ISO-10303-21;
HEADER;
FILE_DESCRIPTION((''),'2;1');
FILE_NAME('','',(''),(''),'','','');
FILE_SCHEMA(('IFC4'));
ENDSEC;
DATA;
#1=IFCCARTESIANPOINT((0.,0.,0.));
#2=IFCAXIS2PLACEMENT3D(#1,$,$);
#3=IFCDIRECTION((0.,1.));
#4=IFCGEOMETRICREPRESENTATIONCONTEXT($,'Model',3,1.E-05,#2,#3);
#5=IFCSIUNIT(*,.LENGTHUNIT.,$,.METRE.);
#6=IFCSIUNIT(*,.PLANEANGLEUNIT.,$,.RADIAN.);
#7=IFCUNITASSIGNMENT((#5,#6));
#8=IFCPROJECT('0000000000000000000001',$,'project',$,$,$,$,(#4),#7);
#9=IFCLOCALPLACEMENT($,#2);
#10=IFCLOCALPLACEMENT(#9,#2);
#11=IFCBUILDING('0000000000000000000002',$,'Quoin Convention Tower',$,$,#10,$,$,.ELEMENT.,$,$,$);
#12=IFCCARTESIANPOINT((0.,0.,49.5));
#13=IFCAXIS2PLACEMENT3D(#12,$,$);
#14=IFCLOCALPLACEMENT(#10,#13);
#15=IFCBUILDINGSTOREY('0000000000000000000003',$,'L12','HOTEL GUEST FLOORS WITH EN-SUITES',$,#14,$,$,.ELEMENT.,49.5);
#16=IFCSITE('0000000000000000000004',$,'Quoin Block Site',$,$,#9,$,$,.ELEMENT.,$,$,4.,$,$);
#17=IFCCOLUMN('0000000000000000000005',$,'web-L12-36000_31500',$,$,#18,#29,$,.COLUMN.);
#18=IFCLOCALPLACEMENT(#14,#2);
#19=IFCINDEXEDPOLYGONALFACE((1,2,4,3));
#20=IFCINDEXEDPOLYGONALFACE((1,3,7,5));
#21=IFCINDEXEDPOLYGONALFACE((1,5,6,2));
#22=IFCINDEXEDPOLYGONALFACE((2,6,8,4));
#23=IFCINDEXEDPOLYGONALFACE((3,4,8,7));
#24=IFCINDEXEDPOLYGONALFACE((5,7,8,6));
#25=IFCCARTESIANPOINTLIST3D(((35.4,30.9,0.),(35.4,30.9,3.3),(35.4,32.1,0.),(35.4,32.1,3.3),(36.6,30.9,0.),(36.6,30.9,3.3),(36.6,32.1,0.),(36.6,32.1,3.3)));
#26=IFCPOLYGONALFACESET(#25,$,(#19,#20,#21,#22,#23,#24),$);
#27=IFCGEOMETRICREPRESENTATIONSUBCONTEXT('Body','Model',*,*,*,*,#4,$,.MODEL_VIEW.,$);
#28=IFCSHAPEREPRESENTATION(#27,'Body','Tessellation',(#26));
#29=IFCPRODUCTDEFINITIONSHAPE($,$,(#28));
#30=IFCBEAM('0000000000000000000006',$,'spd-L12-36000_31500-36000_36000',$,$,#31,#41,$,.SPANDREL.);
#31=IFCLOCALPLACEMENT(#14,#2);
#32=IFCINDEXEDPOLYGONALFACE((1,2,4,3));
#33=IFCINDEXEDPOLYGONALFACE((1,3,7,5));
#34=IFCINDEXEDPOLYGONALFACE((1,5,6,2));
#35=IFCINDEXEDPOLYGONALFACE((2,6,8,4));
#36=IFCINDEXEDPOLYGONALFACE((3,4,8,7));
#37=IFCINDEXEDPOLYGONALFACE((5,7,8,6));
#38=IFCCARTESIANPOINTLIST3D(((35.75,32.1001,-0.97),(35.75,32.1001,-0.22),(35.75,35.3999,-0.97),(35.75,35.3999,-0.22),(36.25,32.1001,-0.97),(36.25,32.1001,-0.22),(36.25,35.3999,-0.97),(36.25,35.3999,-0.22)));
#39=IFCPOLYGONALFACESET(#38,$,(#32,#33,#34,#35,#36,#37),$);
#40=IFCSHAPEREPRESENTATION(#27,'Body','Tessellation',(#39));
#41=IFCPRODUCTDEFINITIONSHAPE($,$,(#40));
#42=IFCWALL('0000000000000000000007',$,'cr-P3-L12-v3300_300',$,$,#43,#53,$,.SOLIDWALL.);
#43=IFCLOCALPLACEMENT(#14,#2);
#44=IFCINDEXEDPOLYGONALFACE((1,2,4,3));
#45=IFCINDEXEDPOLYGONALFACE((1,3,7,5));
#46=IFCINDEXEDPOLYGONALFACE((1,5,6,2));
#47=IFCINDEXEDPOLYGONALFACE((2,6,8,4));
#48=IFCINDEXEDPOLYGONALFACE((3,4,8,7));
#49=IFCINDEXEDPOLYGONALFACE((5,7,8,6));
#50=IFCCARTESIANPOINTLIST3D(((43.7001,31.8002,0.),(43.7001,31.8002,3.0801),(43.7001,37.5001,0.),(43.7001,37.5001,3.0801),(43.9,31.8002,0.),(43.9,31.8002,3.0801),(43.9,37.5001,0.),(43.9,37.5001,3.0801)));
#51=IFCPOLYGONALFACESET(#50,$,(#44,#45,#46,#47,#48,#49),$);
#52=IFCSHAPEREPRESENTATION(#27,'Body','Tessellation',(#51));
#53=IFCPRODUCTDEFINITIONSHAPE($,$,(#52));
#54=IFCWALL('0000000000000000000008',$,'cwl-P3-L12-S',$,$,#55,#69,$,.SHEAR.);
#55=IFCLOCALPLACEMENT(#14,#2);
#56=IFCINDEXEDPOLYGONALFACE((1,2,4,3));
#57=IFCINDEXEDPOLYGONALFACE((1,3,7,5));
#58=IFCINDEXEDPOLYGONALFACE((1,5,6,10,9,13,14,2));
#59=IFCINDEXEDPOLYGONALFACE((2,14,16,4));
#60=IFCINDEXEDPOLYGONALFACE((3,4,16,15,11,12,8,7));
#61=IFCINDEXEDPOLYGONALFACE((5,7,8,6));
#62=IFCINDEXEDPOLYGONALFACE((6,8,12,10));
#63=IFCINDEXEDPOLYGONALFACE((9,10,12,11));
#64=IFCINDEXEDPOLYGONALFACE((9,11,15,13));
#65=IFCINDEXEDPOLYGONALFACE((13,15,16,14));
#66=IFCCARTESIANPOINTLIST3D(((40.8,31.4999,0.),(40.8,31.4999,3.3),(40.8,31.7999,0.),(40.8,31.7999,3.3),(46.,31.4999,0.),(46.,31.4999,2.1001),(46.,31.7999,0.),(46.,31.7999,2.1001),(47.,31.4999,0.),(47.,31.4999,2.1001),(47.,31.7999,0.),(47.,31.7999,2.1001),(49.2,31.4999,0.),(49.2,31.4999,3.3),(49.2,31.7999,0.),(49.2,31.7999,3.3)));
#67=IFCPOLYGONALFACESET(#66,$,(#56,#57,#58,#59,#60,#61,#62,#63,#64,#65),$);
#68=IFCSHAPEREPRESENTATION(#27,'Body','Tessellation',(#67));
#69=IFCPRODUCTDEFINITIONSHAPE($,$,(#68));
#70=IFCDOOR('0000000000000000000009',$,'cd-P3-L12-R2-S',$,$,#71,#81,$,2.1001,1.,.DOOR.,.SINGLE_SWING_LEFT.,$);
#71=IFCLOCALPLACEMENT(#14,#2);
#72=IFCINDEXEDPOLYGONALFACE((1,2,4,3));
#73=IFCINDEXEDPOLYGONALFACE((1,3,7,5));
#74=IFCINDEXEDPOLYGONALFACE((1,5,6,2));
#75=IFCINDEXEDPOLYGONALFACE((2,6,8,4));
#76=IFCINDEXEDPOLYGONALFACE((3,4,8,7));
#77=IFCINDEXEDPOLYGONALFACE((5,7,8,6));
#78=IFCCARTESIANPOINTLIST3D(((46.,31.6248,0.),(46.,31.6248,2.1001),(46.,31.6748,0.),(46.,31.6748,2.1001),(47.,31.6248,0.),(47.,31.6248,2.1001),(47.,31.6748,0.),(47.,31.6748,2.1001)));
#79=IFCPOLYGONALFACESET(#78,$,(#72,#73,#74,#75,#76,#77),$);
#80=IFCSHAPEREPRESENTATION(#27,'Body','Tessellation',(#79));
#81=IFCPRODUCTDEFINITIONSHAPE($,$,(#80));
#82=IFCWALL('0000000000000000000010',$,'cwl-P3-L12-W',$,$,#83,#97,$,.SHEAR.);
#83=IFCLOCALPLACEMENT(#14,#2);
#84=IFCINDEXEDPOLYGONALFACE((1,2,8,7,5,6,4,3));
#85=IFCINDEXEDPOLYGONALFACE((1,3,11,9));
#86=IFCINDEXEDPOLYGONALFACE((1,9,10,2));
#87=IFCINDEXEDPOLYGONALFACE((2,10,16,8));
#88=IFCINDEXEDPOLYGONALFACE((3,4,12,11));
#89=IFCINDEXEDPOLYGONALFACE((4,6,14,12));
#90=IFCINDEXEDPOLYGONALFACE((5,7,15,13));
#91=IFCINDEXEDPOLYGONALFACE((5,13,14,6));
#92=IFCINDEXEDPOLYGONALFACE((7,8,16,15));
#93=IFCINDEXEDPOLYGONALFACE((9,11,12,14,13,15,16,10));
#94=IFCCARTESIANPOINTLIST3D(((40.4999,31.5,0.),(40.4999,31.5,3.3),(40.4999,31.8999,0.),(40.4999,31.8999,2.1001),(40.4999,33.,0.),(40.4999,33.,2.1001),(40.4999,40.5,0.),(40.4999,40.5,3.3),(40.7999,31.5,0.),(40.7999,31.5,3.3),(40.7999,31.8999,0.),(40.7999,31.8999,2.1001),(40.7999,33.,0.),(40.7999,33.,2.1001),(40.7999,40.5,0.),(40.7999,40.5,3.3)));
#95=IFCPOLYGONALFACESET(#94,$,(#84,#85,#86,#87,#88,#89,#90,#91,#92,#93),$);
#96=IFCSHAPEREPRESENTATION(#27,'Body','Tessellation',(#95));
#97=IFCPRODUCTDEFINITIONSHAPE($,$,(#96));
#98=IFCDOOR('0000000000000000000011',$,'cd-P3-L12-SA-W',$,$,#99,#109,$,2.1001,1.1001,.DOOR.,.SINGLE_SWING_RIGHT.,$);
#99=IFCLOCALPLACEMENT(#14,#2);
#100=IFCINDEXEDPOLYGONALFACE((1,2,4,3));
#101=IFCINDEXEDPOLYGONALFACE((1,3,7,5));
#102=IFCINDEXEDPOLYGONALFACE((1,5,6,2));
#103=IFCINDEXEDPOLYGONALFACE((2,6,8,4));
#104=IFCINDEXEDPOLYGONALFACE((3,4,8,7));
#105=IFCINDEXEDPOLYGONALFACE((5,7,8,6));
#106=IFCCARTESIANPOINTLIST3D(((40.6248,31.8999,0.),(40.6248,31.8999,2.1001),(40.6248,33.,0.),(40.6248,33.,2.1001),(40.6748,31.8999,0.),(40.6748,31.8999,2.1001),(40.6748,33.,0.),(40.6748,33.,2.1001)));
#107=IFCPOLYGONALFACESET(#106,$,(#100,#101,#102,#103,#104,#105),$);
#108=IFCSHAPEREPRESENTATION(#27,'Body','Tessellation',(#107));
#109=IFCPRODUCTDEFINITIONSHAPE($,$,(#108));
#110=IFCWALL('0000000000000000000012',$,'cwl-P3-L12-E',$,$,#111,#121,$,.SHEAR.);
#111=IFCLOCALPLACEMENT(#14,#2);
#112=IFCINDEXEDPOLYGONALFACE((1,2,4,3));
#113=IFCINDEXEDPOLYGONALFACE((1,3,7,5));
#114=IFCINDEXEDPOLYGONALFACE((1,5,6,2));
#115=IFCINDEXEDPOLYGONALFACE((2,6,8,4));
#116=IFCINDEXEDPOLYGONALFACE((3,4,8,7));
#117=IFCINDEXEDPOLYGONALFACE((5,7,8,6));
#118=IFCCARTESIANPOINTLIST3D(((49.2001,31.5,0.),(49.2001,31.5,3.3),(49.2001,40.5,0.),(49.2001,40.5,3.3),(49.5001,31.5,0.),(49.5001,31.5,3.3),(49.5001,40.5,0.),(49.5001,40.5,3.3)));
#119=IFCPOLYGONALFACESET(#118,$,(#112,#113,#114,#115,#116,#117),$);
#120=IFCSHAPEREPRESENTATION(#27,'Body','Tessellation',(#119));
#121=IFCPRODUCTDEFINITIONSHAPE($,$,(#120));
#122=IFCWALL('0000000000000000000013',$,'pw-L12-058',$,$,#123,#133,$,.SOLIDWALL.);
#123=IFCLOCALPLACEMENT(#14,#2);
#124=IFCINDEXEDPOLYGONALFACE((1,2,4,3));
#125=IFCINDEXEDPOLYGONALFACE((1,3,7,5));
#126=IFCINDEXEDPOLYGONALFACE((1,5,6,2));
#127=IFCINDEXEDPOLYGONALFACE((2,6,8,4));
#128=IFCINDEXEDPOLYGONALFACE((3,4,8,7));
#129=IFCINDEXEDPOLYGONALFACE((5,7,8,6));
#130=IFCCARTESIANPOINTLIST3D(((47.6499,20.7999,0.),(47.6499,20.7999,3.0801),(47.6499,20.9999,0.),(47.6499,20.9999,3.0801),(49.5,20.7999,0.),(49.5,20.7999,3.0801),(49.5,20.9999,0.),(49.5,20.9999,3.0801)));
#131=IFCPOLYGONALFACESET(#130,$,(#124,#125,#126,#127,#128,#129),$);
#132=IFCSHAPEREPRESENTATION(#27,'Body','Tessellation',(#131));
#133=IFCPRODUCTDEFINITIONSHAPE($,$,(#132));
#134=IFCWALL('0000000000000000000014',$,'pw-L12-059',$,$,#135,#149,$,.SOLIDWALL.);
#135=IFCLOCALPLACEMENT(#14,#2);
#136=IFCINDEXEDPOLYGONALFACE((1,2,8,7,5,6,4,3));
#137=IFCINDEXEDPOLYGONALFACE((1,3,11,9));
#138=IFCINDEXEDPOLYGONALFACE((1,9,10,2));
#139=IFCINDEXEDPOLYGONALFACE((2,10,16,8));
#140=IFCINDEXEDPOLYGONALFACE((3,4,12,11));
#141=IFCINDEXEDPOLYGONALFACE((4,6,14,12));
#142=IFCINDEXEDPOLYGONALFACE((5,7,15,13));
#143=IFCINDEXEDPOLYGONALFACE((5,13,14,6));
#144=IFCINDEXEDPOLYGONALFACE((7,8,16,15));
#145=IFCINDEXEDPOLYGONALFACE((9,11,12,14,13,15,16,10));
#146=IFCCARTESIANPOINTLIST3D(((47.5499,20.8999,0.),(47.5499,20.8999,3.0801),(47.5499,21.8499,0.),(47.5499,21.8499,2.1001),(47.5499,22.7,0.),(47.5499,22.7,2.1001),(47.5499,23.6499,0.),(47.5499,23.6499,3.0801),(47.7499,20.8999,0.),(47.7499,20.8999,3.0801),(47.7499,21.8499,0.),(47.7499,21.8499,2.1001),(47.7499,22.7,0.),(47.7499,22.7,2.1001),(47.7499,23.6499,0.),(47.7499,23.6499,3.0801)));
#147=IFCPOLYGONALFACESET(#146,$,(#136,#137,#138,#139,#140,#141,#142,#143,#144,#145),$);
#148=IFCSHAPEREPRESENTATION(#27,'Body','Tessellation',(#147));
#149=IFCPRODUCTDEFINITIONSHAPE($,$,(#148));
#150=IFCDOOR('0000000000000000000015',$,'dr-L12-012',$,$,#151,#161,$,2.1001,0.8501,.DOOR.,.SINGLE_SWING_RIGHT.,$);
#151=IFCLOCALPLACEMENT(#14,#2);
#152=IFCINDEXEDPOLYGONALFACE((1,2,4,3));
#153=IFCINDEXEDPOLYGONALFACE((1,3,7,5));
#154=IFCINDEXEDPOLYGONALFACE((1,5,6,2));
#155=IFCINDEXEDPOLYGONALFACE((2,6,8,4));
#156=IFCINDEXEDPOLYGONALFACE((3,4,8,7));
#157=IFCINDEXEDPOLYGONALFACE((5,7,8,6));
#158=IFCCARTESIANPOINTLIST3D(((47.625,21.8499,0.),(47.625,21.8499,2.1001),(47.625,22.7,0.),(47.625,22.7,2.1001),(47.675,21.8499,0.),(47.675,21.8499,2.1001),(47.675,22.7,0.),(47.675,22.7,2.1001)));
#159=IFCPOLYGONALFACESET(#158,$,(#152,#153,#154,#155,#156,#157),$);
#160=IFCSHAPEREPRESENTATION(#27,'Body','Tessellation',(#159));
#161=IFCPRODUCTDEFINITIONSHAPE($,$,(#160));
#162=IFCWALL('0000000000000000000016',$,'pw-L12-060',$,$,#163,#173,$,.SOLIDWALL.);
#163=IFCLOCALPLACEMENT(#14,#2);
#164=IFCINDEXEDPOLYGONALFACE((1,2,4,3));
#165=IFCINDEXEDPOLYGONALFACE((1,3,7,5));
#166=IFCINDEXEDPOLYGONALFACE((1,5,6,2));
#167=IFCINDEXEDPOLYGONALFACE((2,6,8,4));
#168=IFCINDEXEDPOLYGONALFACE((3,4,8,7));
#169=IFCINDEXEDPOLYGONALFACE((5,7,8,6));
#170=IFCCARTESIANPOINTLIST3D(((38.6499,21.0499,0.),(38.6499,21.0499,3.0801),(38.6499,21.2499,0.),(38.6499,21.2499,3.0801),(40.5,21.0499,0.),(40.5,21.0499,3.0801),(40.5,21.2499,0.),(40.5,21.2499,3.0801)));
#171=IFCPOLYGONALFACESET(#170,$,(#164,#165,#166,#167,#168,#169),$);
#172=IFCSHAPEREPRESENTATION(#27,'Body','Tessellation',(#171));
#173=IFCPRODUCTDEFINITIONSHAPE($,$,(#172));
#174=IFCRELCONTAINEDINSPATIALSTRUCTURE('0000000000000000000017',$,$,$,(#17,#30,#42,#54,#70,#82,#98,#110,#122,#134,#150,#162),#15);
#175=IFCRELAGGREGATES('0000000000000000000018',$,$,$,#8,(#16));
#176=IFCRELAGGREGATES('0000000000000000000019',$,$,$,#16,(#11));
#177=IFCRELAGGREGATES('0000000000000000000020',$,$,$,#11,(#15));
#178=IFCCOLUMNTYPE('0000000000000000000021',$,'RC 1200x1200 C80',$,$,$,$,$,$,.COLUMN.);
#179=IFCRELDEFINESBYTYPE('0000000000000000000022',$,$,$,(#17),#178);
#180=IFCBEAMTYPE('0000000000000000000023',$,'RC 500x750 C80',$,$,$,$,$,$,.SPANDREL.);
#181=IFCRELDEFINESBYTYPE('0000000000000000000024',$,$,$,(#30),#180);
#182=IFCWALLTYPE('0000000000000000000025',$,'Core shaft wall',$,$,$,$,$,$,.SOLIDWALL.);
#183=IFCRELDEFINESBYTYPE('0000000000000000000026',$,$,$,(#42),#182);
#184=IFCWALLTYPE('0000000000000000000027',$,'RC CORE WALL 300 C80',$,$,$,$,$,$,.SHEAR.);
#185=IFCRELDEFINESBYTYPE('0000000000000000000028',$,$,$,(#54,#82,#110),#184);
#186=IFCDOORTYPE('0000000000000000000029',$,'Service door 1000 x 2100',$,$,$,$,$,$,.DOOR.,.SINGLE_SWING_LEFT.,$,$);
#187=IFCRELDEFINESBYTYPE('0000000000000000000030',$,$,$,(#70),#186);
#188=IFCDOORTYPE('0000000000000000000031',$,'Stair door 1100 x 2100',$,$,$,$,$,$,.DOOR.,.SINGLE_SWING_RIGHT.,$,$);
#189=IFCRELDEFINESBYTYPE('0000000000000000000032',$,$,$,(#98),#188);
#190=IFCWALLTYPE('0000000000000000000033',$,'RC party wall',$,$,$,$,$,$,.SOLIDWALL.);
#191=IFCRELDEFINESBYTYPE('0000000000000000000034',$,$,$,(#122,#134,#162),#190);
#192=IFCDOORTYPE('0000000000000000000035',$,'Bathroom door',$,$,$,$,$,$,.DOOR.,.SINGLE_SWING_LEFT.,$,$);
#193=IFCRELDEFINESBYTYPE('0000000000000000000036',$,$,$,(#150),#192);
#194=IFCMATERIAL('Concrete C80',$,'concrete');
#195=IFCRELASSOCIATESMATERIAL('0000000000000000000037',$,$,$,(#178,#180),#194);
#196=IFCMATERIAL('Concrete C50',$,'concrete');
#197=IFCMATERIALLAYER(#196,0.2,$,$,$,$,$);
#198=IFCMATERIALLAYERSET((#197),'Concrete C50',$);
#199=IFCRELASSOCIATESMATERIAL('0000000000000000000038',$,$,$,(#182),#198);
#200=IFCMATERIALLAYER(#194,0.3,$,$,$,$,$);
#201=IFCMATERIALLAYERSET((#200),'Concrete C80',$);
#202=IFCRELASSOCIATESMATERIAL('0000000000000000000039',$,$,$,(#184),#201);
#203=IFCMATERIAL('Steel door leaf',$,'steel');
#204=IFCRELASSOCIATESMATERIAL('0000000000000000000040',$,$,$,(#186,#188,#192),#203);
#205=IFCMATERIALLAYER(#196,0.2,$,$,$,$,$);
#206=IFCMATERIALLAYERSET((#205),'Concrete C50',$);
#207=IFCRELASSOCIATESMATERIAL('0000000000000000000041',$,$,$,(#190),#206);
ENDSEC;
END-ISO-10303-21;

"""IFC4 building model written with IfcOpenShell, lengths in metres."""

from ifc_helpers import new_model, si_unit, direction, frame, frame_2d, origin, origin_2d, place, context, subcontext, project, spatial, rectangle, extrude, material, layer, layer_set, material_profile, profile_set, type_object, element, fill, save


model = new_model("IFC4")

# Units and contexts
model_context = context("Model", 3, precision=1e-05, world=origin(), true_north=direction((0.0, 1.0)))
body_context = subcontext(model_context, "Body", "Model", "MODEL_VIEW")
ifc_project = project(units=[si_unit("LENGTHUNIT", "METRE"), si_unit("PLANEANGLEUNIT", "RADIAN")], contexts=[model_context])

# Site, building, storey
site_placement = place(None, origin())
site = spatial("IfcSite", under=ifc_project, at=site_placement, Name="Quoin Block Site", CompositionType="ELEMENT", RefElevation=4.0)
building_placement = place(site_placement, origin())
building = spatial("IfcBuilding", under=site, at=building_placement, Name="Quoin Convention Tower", CompositionType="ELEMENT")
storey_placement = place(building_placement, frame((0.0, 0.0, 49.5)))
storey = spatial("IfcBuildingStorey", under=building, at=storey_placement, Name="L12", Description="HOTEL GUEST FLOORS WITH EN-SUITES", CompositionType="ELEMENT", Elevation=49.5)

# Column
ifc_material_1 = material(Name="Concrete C80", Category="concrete")
ifc_material_profile_1 = material_profile(ifc_material_1, rectangle(XDim=1.2, YDim=1.2, at=origin_2d()), Name="RC 1200x1200")
ifc_profile_set_1 = profile_set([ifc_material_profile_1], Name="Concrete C80")
column_type = type_object("IfcColumnType", Name="RC 1200x1200 C80", PredefinedType="COLUMN", material=ifc_profile_set_1)
column_placement = place(storey_placement, frame((36.0, 31.5, 0.0), z_axis=(0.0, 0.0, 1.0), x_axis=(1.0, 0.0, 0.0)))
element("IfcColumn", 1, at=column_placement, inside=storey, type_object=column_type, Name="web-L12-36000_31500", PredefinedType="COLUMN", context=body_context, shape_type="SweptSolid", body=[
    extrude(rectangle(XDim=1.2, YDim=1.2, at=origin_2d()), origin(), (0.0, 0.0, 1.0), 3.3),
])

# Beam
ifc_material_profile_2 = material_profile(ifc_material_1, rectangle(XDim=0.5, YDim=0.75, at=origin_2d()), Name="RC 500x750")
ifc_profile_set_2 = profile_set([ifc_material_profile_2], Name="Concrete C80")
beam_type = type_object("IfcBeamType", Name="RC 500x750 C80", PredefinedType="SPANDREL", material=ifc_profile_set_2)
beam_placement = place(storey_placement, frame((36.0, 32.1001, -0.595), z_axis=(0.0, 1.0, 0.0), x_axis=(-1.0, 0.0, 0.0)))
element("IfcBeam", 2, at=beam_placement, inside=storey, type_object=beam_type, Name="spd-L12-36000_31500-36000_36000", PredefinedType="SPANDREL", context=body_context, shape_type="SweptSolid", body=[
    extrude(rectangle(XDim=0.5, YDim=0.75, at=origin_2d()), origin(), (0.0, 0.0, 1.0), 3.2998),
])

# Wall
ifc_material_2 = material(Name="Concrete C50", Category="concrete")
ifc_layer_1 = layer(ifc_material_2, 0.2)
ifc_layer_set_1 = layer_set([ifc_layer_1], Name="Concrete C50")
wall_type_1 = type_object("IfcWallType", Name="Core shaft wall", PredefinedType="SOLIDWALL", material=ifc_layer_set_1)
wall_1_placement = place(storey_placement, frame((43.8, 31.8, 0.0), z_axis=(0.0, 0.0, 1.0), x_axis=(0.0, 1.0, 0.0)))
element("IfcWall", 3, at=wall_1_placement, inside=storey, type_object=wall_type_1, Name="cr-P3-L12-v3300_300", PredefinedType="SOLIDWALL", context=body_context, shape_type="SweptSolid", body=[
    extrude(rectangle(XDim=5.7, YDim=0.2, at=frame_2d((2.8501, 0.0))), origin(), (0.0, 0.0, 1.0), 3.0801),
])

# Walls, openings, doors
ifc_layer_2 = layer(ifc_material_1, 0.3)
ifc_layer_set_2 = layer_set([ifc_layer_2], Name="Concrete C80")
wall_type_2 = type_object("IfcWallType", Name="RC CORE WALL 300 C80", PredefinedType="SHEAR", material=ifc_layer_set_2)
wall_2_placement = place(storey_placement, frame((40.8, 31.6499, 0.0), z_axis=(0.0, 0.0, 1.0), x_axis=(1.0, 0.0, 0.0)))
wall_2 = element("IfcWall", 4, at=wall_2_placement, inside=storey, type_object=wall_type_2, Name="cwl-P3-L12-S", PredefinedType="SHEAR", context=body_context, shape_type="SweptSolid", body=[
    extrude(rectangle(XDim=8.3999, YDim=0.3, at=frame_2d((4.2, 0.0))), origin(), (0.0, 0.0, 1.0), 3.3),
])
opening_1_placement = place(wall_2_placement, frame((5.2, 0.0, 0.0)))
opening_1 = element("IfcOpeningElement", 5, at=opening_1_placement, cuts=wall_2, PredefinedType="OPENING", context=body_context, shape_type="SweptSolid", body=[
    extrude(rectangle(XDim=1.0, YDim=2.1001, at=frame_2d((0.5, 1.05))), frame((0.0, 0.1599, 0.0), z_axis=(0.0, -1.0, 0.0), x_axis=(1.0, 0.0, 0.0)), (0.0, 0.0, 1.0), 0.3201),
])
ifc_material_3 = material(Name="Steel door leaf", Category="steel")
door_type_1 = type_object("IfcDoorType", Name="Service door 1000 x 2100", OperationType="SINGLE_SWING_LEFT", PredefinedType="DOOR", material=ifc_material_3)
door_1_placement = place(opening_1_placement, origin())
door_1 = element("IfcDoor", 6, at=door_1_placement, inside=storey, type_object=door_type_1, Name="cd-P3-L12-R2-S", OperationType="SINGLE_SWING_LEFT", OverallHeight=2.1001, OverallWidth=1.0, PredefinedType="DOOR", context=body_context, shape_type="SweptSolid", body=[
    extrude(rectangle(XDim=1.0, YDim=2.1001, at=frame_2d((0.5, 1.05))), frame((0.0, 0.0249, 0.0), z_axis=(0.0, -1.0, 0.0), x_axis=(1.0, 0.0, 0.0)), (0.0, 0.0, 1.0), 0.05),
])
fill(opening_1, door_1)
wall_3_placement = place(storey_placement, frame((40.6499, 31.5, 0.0), z_axis=(0.0, 0.0, 1.0), x_axis=(0.0, 1.0, 0.0)))
wall_3 = element("IfcWall", 7, at=wall_3_placement, inside=storey, type_object=wall_type_2, Name="cwl-P3-L12-W", PredefinedType="SHEAR", context=body_context, shape_type="SweptSolid", body=[
    extrude(rectangle(XDim=9.0, YDim=0.3, at=frame_2d((4.5, 0.0))), origin(), (0.0, 0.0, 1.0), 3.3),
])
opening_2_placement = place(wall_3_placement, frame((0.3999, 0.0, 0.0)))
opening_2 = element("IfcOpeningElement", 8, at=opening_2_placement, cuts=wall_3, PredefinedType="OPENING", context=body_context, shape_type="SweptSolid", body=[
    extrude(rectangle(XDim=1.1001, YDim=2.1001, at=frame_2d((0.55, 1.05))), frame((0.0, 0.1599, 0.0), z_axis=(0.0, -1.0, 0.0), x_axis=(1.0, 0.0, 0.0)), (0.0, 0.0, 1.0), 0.3201),
])
door_type_2 = type_object("IfcDoorType", Name="Stair door 1100 x 2100", OperationType="SINGLE_SWING_RIGHT", PredefinedType="DOOR", material=ifc_material_3)
door_2_placement = place(opening_2_placement, frame((1.1001, 0.0, 0.0), z_axis=(0.0, 0.0, 1.0), x_axis=(-1.0, 0.0, 0.0)))
door_2 = element("IfcDoor", 9, at=door_2_placement, inside=storey, type_object=door_type_2, Name="cd-P3-L12-SA-W", OperationType="SINGLE_SWING_RIGHT", OverallHeight=2.1001, OverallWidth=1.1001, PredefinedType="DOOR", context=body_context, shape_type="SweptSolid", body=[
    extrude(rectangle(XDim=1.1001, YDim=2.1001, at=frame_2d((0.55, 1.05))), frame((0.0, 0.0249, 0.0), z_axis=(0.0, -1.0, 0.0), x_axis=(1.0, 0.0, 0.0)), (0.0, 0.0, 1.0), 0.05),
])
fill(opening_2, door_2)

# Walls
wall_4_placement = place(storey_placement, frame((49.3501, 31.5, 0.0), z_axis=(0.0, 0.0, 1.0), x_axis=(0.0, 1.0, 0.0)))
element("IfcWall", 10, at=wall_4_placement, inside=storey, type_object=wall_type_2, Name="cwl-P3-L12-E", PredefinedType="SHEAR", context=body_context, shape_type="SweptSolid", body=[
    extrude(rectangle(XDim=9.0, YDim=0.3, at=frame_2d((4.5, 0.0))), origin(), (0.0, 0.0, 1.0), 3.3),
])
ifc_layer_3 = layer(ifc_material_2, 0.2)
ifc_layer_set_3 = layer_set([ifc_layer_3], Name="Concrete C50")
wall_type_3 = type_object("IfcWallType", Name="RC party wall", PredefinedType="SOLIDWALL", material=ifc_layer_set_3)
wall_5_placement = place(storey_placement, frame((47.6499, 20.8999, 0.0), z_axis=(0.0, 0.0, 1.0), x_axis=(1.0, 0.0, 0.0)))
element("IfcWall", 11, at=wall_5_placement, inside=storey, type_object=wall_type_3, Name="pw-L12-058", PredefinedType="SOLIDWALL", context=body_context, shape_type="SweptSolid", body=[
    extrude(rectangle(XDim=1.8501, YDim=0.2, at=frame_2d((0.925, 0.0))), origin(), (0.0, 0.0, 1.0), 3.0801),
])

# Wall, opening, door
wall_6_placement = place(storey_placement, frame((47.6499, 20.8999, 0.0), z_axis=(0.0, 0.0, 1.0), x_axis=(0.0, 1.0, 0.0)))
wall_6 = element("IfcWall", 12, at=wall_6_placement, inside=storey, type_object=wall_type_3, Name="pw-L12-059", PredefinedType="SOLIDWALL", context=body_context, shape_type="SweptSolid", body=[
    extrude(rectangle(XDim=2.75, YDim=0.2, at=frame_2d((1.375, 0.0))), origin(), (0.0, 0.0, 1.0), 3.0801),
])
opening_3_placement = place(wall_6_placement, frame((0.95, 0.0, 0.0)))
opening_3 = element("IfcOpeningElement", 13, at=opening_3_placement, cuts=wall_6, PredefinedType="OPENING", context=body_context, shape_type="SweptSolid", body=[
    extrude(rectangle(XDim=0.8501, YDim=2.1001, at=frame_2d((0.425, 1.05))), frame((0.0, 0.1099, 0.0), z_axis=(0.0, -1.0, 0.0), x_axis=(1.0, 0.0, 0.0)), (0.0, 0.0, 1.0), 0.22),
])
door_type_3 = type_object("IfcDoorType", Name="Bathroom door", OperationType="SINGLE_SWING_LEFT", PredefinedType="DOOR", material=ifc_material_3)
door_3_placement = place(opening_3_placement, origin())
door_3 = element("IfcDoor", 14, at=door_3_placement, inside=storey, type_object=door_type_3, Name="dr-L12-012", OperationType="SINGLE_SWING_RIGHT", OverallHeight=2.1001, OverallWidth=0.8501, PredefinedType="DOOR", context=body_context, shape_type="SweptSolid", body=[
    extrude(rectangle(XDim=0.8501, YDim=2.1001, at=frame_2d((0.425, 1.05))), frame((0.0, 0.0249, 0.0), z_axis=(0.0, -1.0, 0.0), x_axis=(1.0, 0.0, 0.0)), (0.0, 0.0, 1.0), 0.05),
])
fill(opening_3, door_3)

# Wall
wall_7_placement = place(storey_placement, frame((38.6499, 21.1499, 0.0), z_axis=(0.0, 0.0, 1.0), x_axis=(1.0, 0.0, 0.0)))
element("IfcWall", 15, at=wall_7_placement, inside=storey, type_object=wall_type_3, Name="pw-L12-060", PredefinedType="SOLIDWALL", context=body_context, shape_type="SweptSolid", body=[
    extrude(rectangle(XDim=1.8501, YDim=0.2, at=frame_2d((0.925, 0.0))), origin(), (0.0, 0.0, 1.0), 3.0801),
])

save(model, "model.ifc")
